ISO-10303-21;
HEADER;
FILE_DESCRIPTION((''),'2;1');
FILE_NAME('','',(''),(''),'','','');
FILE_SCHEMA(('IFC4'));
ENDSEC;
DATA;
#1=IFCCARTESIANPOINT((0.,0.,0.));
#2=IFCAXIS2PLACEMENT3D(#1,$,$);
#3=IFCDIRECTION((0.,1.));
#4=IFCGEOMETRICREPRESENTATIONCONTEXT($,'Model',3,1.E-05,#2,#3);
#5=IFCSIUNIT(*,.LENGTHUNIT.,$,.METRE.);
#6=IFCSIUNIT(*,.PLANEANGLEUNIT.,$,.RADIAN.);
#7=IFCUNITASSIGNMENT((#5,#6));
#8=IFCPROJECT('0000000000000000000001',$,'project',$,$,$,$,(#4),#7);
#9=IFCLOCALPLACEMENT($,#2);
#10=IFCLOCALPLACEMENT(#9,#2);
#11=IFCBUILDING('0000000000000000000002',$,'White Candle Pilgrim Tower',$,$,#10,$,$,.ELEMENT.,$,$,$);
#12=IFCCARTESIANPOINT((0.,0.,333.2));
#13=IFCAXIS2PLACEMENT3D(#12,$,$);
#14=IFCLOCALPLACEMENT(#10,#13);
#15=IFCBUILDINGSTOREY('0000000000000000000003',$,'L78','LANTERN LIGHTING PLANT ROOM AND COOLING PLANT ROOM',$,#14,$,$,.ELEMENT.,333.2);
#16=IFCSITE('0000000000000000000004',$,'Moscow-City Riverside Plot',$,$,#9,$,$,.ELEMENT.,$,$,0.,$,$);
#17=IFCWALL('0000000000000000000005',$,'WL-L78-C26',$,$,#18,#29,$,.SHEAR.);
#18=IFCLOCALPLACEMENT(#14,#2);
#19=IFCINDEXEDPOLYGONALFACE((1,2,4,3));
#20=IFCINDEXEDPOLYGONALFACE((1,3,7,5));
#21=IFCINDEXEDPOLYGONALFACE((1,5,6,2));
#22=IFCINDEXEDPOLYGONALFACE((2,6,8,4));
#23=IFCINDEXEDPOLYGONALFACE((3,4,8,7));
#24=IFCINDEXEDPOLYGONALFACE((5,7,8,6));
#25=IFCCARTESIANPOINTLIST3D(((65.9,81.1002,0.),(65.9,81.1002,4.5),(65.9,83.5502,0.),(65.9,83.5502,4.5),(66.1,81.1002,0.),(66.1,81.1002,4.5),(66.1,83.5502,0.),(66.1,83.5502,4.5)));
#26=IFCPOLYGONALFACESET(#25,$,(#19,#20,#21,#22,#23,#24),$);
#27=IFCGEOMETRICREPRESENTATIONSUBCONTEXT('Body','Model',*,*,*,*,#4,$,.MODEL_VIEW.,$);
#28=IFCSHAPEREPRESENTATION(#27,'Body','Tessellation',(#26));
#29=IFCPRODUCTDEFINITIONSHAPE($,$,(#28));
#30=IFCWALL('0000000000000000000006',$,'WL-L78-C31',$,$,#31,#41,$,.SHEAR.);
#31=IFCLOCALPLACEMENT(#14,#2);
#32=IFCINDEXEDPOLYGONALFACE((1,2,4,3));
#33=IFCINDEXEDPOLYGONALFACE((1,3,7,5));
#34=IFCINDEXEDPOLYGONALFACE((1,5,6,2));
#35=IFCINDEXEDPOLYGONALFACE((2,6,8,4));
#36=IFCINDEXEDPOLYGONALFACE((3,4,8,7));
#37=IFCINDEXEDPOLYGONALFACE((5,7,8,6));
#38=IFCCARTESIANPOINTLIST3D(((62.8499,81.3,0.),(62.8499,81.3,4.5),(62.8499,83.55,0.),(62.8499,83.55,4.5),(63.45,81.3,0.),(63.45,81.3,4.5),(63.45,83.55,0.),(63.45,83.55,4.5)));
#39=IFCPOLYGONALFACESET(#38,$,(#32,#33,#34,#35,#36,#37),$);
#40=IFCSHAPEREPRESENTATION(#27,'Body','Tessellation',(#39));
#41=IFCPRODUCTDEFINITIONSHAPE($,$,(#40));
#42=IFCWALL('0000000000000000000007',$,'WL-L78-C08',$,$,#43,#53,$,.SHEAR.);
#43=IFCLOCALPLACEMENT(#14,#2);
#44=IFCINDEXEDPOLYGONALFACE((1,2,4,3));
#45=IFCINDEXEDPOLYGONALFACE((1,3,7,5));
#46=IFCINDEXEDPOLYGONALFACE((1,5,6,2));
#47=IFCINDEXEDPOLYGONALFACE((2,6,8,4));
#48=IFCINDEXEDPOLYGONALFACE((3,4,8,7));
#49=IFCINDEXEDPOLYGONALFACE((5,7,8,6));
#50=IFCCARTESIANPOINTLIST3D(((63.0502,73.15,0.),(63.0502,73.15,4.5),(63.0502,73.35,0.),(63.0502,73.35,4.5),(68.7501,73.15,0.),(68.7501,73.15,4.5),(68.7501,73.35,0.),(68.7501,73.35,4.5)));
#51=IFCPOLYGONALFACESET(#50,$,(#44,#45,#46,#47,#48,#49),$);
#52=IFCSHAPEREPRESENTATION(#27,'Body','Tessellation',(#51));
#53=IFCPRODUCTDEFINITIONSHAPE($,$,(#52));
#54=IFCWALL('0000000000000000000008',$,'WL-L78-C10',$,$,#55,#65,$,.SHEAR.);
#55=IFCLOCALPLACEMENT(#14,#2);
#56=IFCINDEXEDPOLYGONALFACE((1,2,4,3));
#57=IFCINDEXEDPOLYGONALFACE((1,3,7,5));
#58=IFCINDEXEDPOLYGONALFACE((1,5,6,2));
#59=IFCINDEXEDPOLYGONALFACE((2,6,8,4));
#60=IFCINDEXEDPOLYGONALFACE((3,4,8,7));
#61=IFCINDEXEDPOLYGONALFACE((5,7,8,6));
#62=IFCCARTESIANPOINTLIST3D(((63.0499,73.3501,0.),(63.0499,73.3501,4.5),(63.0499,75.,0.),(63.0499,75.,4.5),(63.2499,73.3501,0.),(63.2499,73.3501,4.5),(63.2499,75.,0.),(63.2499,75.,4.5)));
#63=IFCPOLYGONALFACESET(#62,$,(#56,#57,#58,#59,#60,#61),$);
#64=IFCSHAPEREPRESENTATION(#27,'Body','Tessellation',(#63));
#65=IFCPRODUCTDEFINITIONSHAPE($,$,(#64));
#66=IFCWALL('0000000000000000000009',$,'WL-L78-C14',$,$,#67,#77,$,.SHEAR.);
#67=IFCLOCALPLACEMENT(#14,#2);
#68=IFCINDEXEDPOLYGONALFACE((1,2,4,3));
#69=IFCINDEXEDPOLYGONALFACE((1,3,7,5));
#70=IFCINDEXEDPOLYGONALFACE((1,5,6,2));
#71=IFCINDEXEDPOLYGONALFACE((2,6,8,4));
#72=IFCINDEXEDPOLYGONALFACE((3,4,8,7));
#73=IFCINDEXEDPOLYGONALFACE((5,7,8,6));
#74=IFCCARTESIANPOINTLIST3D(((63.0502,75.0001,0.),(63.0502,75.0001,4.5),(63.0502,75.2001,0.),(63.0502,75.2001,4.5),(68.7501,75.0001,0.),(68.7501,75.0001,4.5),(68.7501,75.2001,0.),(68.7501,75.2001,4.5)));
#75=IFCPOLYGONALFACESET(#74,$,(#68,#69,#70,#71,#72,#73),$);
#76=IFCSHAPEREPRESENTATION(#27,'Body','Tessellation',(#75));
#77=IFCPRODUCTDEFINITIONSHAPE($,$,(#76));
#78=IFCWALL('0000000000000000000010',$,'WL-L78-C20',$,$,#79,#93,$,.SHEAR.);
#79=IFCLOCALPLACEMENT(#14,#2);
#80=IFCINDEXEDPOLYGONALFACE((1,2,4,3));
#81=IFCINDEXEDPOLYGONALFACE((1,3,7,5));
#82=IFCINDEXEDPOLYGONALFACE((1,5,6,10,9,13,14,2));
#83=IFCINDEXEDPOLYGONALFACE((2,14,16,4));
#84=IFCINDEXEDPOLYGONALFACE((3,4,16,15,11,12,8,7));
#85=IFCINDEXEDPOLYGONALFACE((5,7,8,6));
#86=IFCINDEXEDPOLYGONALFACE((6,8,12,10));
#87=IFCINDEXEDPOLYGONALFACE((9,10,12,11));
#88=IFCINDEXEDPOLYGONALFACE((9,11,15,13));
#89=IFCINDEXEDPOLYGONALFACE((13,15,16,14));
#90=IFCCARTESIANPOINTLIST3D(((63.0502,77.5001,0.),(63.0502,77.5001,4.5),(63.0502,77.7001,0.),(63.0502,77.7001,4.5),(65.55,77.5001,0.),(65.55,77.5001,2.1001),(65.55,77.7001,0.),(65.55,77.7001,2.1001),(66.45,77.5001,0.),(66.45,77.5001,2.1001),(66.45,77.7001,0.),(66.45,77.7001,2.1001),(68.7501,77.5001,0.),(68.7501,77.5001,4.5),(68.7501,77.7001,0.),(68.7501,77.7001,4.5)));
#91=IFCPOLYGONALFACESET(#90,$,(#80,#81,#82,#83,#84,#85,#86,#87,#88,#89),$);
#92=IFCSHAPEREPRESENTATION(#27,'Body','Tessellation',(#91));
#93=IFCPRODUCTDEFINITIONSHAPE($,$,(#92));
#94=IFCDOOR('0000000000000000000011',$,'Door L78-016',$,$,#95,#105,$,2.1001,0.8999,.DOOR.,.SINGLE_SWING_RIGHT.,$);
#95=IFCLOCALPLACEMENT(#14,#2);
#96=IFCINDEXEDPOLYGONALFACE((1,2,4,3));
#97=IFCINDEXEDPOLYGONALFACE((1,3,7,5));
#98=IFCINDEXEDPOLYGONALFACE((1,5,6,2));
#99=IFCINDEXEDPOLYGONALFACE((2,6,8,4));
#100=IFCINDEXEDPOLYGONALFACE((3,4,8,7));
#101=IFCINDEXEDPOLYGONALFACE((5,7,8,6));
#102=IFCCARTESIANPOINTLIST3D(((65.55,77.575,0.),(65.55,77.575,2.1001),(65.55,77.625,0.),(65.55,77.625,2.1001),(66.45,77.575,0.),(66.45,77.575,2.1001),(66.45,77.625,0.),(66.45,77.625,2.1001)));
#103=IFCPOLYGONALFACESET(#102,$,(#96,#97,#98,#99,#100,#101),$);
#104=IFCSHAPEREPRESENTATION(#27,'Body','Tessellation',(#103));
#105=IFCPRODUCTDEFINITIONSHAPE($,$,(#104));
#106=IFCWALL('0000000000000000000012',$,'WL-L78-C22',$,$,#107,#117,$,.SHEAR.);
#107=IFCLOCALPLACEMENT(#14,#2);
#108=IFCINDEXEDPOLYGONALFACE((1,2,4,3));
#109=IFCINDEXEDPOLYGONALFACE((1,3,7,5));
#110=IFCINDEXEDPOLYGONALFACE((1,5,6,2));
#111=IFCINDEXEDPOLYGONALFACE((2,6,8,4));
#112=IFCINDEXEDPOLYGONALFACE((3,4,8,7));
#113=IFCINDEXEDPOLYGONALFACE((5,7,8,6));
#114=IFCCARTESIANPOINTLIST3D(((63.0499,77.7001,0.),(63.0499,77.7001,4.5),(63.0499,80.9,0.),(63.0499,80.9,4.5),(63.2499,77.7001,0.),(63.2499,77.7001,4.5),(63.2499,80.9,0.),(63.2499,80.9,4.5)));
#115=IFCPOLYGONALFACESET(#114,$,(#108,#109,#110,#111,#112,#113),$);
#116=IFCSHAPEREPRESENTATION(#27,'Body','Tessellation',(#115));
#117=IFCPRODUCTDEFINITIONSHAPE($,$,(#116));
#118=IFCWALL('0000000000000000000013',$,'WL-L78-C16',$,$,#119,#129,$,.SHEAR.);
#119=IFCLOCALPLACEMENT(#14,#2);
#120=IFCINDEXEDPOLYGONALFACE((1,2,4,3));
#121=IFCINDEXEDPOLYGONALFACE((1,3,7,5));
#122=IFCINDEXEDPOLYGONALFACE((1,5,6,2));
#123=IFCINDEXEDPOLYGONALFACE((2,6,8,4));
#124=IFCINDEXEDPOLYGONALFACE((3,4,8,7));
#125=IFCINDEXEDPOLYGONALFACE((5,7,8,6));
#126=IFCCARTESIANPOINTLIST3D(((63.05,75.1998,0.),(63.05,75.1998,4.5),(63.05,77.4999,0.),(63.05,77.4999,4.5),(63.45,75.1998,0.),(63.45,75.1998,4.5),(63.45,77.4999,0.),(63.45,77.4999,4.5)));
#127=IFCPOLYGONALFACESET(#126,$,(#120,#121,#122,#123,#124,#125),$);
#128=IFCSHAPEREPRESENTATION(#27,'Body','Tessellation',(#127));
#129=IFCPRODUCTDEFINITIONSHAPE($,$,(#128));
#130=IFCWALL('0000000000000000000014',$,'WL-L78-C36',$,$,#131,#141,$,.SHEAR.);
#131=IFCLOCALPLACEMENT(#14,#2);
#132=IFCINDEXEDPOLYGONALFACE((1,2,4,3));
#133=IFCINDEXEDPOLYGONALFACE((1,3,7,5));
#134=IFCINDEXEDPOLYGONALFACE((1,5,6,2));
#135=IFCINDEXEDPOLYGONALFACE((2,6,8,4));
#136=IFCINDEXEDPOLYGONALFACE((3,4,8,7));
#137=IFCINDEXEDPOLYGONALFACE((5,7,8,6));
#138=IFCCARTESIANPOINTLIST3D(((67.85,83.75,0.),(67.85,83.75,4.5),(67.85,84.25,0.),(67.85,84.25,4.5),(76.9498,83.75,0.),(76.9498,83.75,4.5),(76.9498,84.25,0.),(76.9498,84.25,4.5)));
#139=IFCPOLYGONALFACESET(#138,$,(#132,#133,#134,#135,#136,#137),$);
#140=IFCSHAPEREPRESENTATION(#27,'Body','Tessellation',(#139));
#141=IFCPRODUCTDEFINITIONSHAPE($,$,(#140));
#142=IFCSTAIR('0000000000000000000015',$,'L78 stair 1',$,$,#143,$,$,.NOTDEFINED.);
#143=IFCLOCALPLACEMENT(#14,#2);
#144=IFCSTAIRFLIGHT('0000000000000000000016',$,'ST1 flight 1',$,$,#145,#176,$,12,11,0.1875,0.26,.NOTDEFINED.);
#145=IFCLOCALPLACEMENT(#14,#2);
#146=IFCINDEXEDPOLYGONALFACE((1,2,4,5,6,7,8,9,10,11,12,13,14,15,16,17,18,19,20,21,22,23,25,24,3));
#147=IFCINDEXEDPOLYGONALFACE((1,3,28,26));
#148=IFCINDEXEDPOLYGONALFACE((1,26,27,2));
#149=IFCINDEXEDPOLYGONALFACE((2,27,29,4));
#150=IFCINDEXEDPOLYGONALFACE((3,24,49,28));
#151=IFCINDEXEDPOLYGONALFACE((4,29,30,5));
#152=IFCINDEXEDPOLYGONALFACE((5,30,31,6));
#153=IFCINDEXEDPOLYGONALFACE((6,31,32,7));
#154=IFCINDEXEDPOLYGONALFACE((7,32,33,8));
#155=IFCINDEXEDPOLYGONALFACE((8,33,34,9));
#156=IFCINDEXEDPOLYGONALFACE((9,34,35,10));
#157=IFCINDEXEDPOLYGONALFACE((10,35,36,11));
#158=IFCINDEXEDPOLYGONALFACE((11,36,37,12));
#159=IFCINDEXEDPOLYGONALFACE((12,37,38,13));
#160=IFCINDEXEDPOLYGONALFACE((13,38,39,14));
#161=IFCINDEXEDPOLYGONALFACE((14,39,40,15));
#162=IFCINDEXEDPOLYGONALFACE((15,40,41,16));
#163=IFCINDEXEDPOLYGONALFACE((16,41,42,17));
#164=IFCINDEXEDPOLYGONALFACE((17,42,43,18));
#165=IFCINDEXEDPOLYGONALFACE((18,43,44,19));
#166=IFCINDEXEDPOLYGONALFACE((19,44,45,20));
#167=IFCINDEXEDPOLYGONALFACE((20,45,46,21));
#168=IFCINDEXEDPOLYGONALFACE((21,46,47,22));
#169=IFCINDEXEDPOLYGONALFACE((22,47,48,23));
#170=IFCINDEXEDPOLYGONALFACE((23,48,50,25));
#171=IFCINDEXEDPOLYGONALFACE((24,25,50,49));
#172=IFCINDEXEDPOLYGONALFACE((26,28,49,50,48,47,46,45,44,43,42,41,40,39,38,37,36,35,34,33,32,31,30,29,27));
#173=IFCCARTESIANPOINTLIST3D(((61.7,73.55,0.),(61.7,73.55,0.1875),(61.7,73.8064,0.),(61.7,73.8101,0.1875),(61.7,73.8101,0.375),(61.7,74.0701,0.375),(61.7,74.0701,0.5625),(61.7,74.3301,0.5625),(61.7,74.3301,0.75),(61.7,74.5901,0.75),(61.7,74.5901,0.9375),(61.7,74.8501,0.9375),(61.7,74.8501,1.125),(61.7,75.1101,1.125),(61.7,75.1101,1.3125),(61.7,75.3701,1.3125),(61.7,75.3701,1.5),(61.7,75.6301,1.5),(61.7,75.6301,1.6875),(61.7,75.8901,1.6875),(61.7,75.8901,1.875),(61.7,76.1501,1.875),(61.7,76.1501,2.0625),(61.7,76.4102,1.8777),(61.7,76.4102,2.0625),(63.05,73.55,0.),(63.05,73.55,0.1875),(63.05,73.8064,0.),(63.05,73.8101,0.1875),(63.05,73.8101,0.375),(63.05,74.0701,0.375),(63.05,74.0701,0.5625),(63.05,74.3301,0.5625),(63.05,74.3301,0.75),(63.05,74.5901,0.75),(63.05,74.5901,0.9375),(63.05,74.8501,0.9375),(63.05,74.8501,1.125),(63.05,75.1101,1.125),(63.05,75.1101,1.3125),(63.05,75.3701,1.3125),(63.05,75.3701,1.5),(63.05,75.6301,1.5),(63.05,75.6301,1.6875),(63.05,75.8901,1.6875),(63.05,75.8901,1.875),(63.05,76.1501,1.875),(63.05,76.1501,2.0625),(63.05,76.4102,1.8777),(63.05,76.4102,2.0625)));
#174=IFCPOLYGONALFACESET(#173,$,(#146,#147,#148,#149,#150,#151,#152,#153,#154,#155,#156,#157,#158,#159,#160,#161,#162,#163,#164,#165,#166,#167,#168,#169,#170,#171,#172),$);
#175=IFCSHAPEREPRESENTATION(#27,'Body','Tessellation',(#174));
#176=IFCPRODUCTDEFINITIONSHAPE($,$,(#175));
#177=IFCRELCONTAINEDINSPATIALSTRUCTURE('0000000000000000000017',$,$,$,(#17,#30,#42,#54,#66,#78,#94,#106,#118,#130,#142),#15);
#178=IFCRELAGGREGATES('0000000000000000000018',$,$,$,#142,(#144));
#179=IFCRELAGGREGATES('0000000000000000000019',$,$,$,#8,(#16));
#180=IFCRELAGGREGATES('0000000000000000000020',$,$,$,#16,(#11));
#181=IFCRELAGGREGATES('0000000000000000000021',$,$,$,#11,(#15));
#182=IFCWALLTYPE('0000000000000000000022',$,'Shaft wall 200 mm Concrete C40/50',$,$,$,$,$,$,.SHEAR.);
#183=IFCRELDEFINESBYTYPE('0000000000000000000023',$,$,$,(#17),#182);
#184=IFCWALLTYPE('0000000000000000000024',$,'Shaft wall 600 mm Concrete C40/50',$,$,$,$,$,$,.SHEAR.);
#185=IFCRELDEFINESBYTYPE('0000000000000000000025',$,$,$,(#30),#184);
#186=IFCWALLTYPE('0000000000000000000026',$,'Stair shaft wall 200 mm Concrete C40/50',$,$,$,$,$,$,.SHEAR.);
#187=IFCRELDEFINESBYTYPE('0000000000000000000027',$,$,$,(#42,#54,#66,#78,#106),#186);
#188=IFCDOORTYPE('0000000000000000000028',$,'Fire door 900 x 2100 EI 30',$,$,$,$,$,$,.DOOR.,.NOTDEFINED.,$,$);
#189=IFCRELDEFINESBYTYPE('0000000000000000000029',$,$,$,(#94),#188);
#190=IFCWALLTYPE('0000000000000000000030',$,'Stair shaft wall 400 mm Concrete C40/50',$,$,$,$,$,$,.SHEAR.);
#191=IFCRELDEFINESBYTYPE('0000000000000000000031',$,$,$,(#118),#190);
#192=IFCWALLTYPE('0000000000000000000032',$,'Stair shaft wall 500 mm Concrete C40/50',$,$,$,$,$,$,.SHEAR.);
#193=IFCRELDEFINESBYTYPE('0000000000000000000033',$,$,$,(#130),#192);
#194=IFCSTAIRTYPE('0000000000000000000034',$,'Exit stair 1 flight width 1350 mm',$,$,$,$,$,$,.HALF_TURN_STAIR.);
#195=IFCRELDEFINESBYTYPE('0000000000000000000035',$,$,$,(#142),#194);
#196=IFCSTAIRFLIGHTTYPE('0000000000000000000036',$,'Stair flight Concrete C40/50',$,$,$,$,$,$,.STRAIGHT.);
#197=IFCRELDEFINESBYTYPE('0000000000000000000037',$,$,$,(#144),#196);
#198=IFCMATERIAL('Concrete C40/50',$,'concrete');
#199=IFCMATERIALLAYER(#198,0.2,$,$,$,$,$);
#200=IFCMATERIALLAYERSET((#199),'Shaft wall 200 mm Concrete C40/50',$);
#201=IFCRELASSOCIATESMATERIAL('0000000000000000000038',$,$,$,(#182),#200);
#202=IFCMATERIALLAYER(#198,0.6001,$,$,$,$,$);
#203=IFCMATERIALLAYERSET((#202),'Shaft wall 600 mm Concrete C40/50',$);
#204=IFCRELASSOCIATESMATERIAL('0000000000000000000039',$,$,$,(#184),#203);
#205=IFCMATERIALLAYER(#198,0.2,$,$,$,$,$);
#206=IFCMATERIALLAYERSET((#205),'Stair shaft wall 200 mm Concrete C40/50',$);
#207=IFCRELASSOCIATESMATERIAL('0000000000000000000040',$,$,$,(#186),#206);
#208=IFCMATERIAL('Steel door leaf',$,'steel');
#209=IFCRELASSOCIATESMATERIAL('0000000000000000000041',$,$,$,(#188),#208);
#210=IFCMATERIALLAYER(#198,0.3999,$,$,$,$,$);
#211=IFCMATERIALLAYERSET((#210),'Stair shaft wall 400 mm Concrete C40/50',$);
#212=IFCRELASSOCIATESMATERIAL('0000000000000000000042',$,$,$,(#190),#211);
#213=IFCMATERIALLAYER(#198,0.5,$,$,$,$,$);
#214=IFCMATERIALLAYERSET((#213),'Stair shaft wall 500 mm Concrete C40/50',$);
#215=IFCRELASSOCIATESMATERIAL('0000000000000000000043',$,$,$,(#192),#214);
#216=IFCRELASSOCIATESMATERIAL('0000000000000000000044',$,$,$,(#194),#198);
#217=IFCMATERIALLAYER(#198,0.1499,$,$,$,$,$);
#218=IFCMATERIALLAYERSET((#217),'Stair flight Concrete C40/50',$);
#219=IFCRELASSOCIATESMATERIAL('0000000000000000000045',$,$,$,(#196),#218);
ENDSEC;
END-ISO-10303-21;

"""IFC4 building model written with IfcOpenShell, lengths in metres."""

from ifc_helpers import new_model, si_unit, direction, frame, frame_2d, origin, place, context, subcontext, project, spatial, polyline, rectangle, outline, extrude, material, layer, layer_set, type_object, element, fill, aggregate, save


model = new_model("IFC4")

# Units and contexts
model_context = context("Model", 3, precision=1e-05, world=origin(), true_north=direction((0.0, 1.0)))
body_context = subcontext(model_context, "Body", "Model", "MODEL_VIEW")
ifc_project = project(units=[si_unit("LENGTHUNIT", "METRE"), si_unit("PLANEANGLEUNIT", "RADIAN")], contexts=[model_context])

# Site, building, storey
site_placement = place(None, origin())
site = spatial("IfcSite", under=ifc_project, at=site_placement, Name="Moscow-City Riverside Plot", CompositionType="ELEMENT", RefElevation=0.0)
building_placement = place(site_placement, origin())
building = spatial("IfcBuilding", under=site, at=building_placement, Name="White Candle Pilgrim Tower", CompositionType="ELEMENT")
storey_placement = place(building_placement, frame((0.0, 0.0, 333.2)))
storey = spatial("IfcBuildingStorey", under=building, at=storey_placement, Name="L78", Description="LANTERN LIGHTING PLANT ROOM AND COOLING PLANT ROOM", CompositionType="ELEMENT", Elevation=333.2)

# Walls
ifc_material_1 = material(Name="Concrete C40/50", Category="concrete")
ifc_layer_1 = layer(ifc_material_1, 0.2)
ifc_layer_set_1 = layer_set([ifc_layer_1], Name="Shaft wall 200 mm Concrete C40/50")
wall_type_1 = type_object("IfcWallType", Name="Shaft wall 200 mm Concrete C40/50", PredefinedType="SHEAR", material=ifc_layer_set_1)
wall_1_placement = place(storey_placement, frame((66.0, 81.1001, 0.0), z_axis=(0.0, 0.0, 1.0), x_axis=(0.0, 1.0, 0.0)))
element("IfcWall", 1, at=wall_1_placement, inside=storey, type_object=wall_type_1, Name="WL-L78-C26", PredefinedType="SHEAR", context=body_context, shape_type="SweptSolid", body=[
    extrude(rectangle(XDim=2.45, YDim=0.2, at=frame_2d((1.2251, 0.0))), origin(), (0.0, 0.0, 1.0), 4.5),
])
ifc_layer_2 = layer(ifc_material_1, 0.6001)
ifc_layer_set_2 = layer_set([ifc_layer_2], Name="Shaft wall 600 mm Concrete C40/50")
wall_type_2 = type_object("IfcWallType", Name="Shaft wall 600 mm Concrete C40/50", PredefinedType="SHEAR", material=ifc_layer_set_2)
wall_2_placement = place(storey_placement, frame((63.1499, 81.3, 0.0), z_axis=(0.0, 0.0, 1.0), x_axis=(0.0, 1.0, 0.0)))
element("IfcWall", 2, at=wall_2_placement, inside=storey, type_object=wall_type_2, Name="WL-L78-C31", PredefinedType="SHEAR", context=body_context, shape_type="SweptSolid", body=[
    extrude(rectangle(XDim=2.25, YDim=0.6001, at=frame_2d((1.125, 0.0))), origin(), (0.0, 0.0, 1.0), 4.5),
])
ifc_layer_3 = layer(ifc_material_1, 0.2)
ifc_layer_set_3 = layer_set([ifc_layer_3], Name="Stair shaft wall 200 mm Concrete C40/50")
wall_type_3 = type_object("IfcWallType", Name="Stair shaft wall 200 mm Concrete C40/50", PredefinedType="SHEAR", material=ifc_layer_set_3)
wall_3_placement = place(storey_placement, frame((63.05, 73.25, 0.0), z_axis=(0.0, 0.0, 1.0), x_axis=(1.0, 0.0, 0.0)))
element("IfcWall", 3, at=wall_3_placement, inside=storey, type_object=wall_type_3, Name="WL-L78-C08", PredefinedType="SHEAR", context=body_context, shape_type="SweptSolid", body=[
    extrude(rectangle(XDim=5.7, YDim=0.2, at=frame_2d((2.8501, 0.0))), origin(), (0.0, 0.0, 1.0), 4.5),
])
wall_4_placement = place(storey_placement, frame((63.1499, 73.3501, 0.0), z_axis=(0.0, 0.0, 1.0), x_axis=(0.0, 1.0, 0.0)))
element("IfcWall", 4, at=wall_4_placement, inside=storey, type_object=wall_type_3, Name="WL-L78-C10", PredefinedType="SHEAR", context=body_context, shape_type="SweptSolid", body=[
    extrude(rectangle(XDim=1.6499, YDim=0.2, at=frame_2d((0.825, 0.0))), origin(), (0.0, 0.0, 1.0), 4.5),
])
wall_5_placement = place(storey_placement, frame((63.05, 75.1001, 0.0), z_axis=(0.0, 0.0, 1.0), x_axis=(1.0, 0.0, 0.0)))
element("IfcWall", 5, at=wall_5_placement, inside=storey, type_object=wall_type_3, Name="WL-L78-C14", PredefinedType="SHEAR", context=body_context, shape_type="SweptSolid", body=[
    extrude(rectangle(XDim=5.7, YDim=0.2, at=frame_2d((2.8501, 0.0))), origin(), (0.0, 0.0, 1.0), 4.5),
])

# Wall, opening, door
wall_6_placement = place(storey_placement, frame((63.05, 77.6001, 0.0), z_axis=(0.0, 0.0, 1.0), x_axis=(1.0, 0.0, 0.0)))
wall_6 = element("IfcWall", 6, at=wall_6_placement, inside=storey, type_object=wall_type_3, Name="WL-L78-C20", PredefinedType="SHEAR", context=body_context, shape_type="SweptSolid", body=[
    extrude(rectangle(XDim=5.7, YDim=0.2, at=frame_2d((2.8501, 0.0))), origin(), (0.0, 0.0, 1.0), 4.5),
])
opening_placement = place(wall_6_placement, frame((2.5, 0.0, 0.0)))
opening = element("IfcOpeningElement", 7, at=opening_placement, cuts=wall_6, PredefinedType="OPENING", context=body_context, shape_type="SweptSolid", body=[
    extrude(rectangle(XDim=0.8999, YDim=2.1001, at=frame_2d((0.45, 1.05))), frame((0.0, 0.1099, 0.0), z_axis=(0.0, -1.0, 0.0), x_axis=(1.0, 0.0, 0.0)), (0.0, 0.0, 1.0), 0.22),
])
ifc_material_2 = material(Name="Steel door leaf", Category="steel")
door_type = type_object("IfcDoorType", Name="Fire door 900 x 2100 EI 30", OperationType="NOTDEFINED", PredefinedType="DOOR", material=ifc_material_2)
door_placement = place(opening_placement, origin())
door = element("IfcDoor", 8, at=door_placement, inside=storey, type_object=door_type, Name="Door L78-016", OperationType="SINGLE_SWING_RIGHT", OverallHeight=2.1001, OverallWidth=0.8999, PredefinedType="DOOR", context=body_context, shape_type="SweptSolid", body=[
    extrude(rectangle(XDim=0.8999, YDim=2.1001, at=frame_2d((0.45, 1.05))), frame((0.0, 0.0249, 0.0), z_axis=(0.0, -1.0, 0.0), x_axis=(1.0, 0.0, 0.0)), (0.0, 0.0, 1.0), 0.05),
])
fill(opening, door)

# Walls
wall_7_placement = place(storey_placement, frame((63.1499, 77.7, 0.0), z_axis=(0.0, 0.0, 1.0), x_axis=(0.0, 1.0, 0.0)))
element("IfcWall", 9, at=wall_7_placement, inside=storey, type_object=wall_type_3, Name="WL-L78-C22", PredefinedType="SHEAR", context=body_context, shape_type="SweptSolid", body=[
    extrude(rectangle(XDim=3.2, YDim=0.2, at=frame_2d((1.6001, 0.0))), origin(), (0.0, 0.0, 1.0), 4.5),
])
ifc_layer_4 = layer(ifc_material_1, 0.3999)
ifc_layer_set_4 = layer_set([ifc_layer_4], Name="Stair shaft wall 400 mm Concrete C40/50")
wall_type_4 = type_object("IfcWallType", Name="Stair shaft wall 400 mm Concrete C40/50", PredefinedType="SHEAR", material=ifc_layer_set_4)
wall_8_placement = place(storey_placement, frame((63.25, 75.2, 0.0), z_axis=(0.0, 0.0, 1.0), x_axis=(0.0, 1.0, 0.0)))
element("IfcWall", 10, at=wall_8_placement, inside=storey, type_object=wall_type_4, Name="WL-L78-C16", PredefinedType="SHEAR", context=body_context, shape_type="SweptSolid", body=[
    extrude(rectangle(XDim=2.3, YDim=0.3999, at=frame_2d((1.1499, 0.0))), origin(), (0.0, 0.0, 1.0), 4.5),
])
ifc_layer_5 = layer(ifc_material_1, 0.5)
ifc_layer_set_5 = layer_set([ifc_layer_5], Name="Stair shaft wall 500 mm Concrete C40/50")
wall_type_5 = type_object("IfcWallType", Name="Stair shaft wall 500 mm Concrete C40/50", PredefinedType="SHEAR", material=ifc_layer_set_5)
wall_9_placement = place(storey_placement, frame((67.8501, 84.0, 0.0), z_axis=(0.0, 0.0, 1.0), x_axis=(1.0, 0.0, 0.0)))
element("IfcWall", 11, at=wall_9_placement, inside=storey, type_object=wall_type_5, Name="WL-L78-C36", PredefinedType="SHEAR", context=body_context, shape_type="SweptSolid", body=[
    extrude(rectangle(XDim=9.0999, YDim=0.5, at=frame_2d((4.5498, 0.0))), origin(), (0.0, 0.0, 1.0), 4.5),
])

# Stair, stair flight
stair_type = type_object("IfcStairType", Name="Exit stair 1 flight width 1350 mm", PredefinedType="HALF_TURN_STAIR", material=ifc_material_1)
stair_placement = place(storey_placement, origin())
stair = element("IfcStair", 12, at=stair_placement, inside=storey, type_object=stair_type, Name="L78 stair 1", PredefinedType="NOTDEFINED")
ifc_layer_6 = layer(ifc_material_1, 0.1499)
ifc_layer_set_6 = layer_set([ifc_layer_6], Name="Stair flight Concrete C40/50")
stair_flight_type = type_object("IfcStairFlightType", Name="Stair flight Concrete C40/50", PredefinedType="STRAIGHT", material=ifc_layer_set_6)
stair_flight_1_placement = place(storey_placement, frame((62.375, 73.55, 0.0), z_axis=(0.0, 0.0, 1.0), x_axis=(0.0, 1.0, 0.0)))
stair_flight_1 = element("IfcStairFlight", 13, at=stair_flight_1_placement, type_object=stair_flight_type, Name="ST1 flight 1", NumberOfRisers=12, NumberOfTreads=11, PredefinedType="NOTDEFINED", RiserHeight=0.1875, TreadLength=0.26, context=body_context, shape_type="SweptSolid", body=[
    extrude(outline(polyline([(0.0, 0.0), (0.0, 0.1875), (0.26, 0.1875), (0.26, 0.375), (0.52, 0.375), (0.52, 0.5625), (0.78, 0.5625), (0.78, 0.75), (1.04, 0.75), (1.04, 0.9375), (1.3, 0.9375), (1.3, 1.125), (1.5601, 1.125), (1.5601, 1.3125), (1.8201, 1.3125), (1.8201, 1.5), (2.0801, 1.5), (2.0801, 1.6875), (2.3401, 1.6875), (2.3401, 1.875), (2.6001, 1.875), (2.6001, 2.0625), (2.8601, 2.0625), (2.8601, 2.25), (2.8601, 1.8777), (0.2563, 0.0), (0.0, 0.0)])), frame((0.0, 0.675, 0.0), z_axis=(0.0, -1.0, 0.0), x_axis=(1.0, 0.0, 0.0)), (0.0, 0.0, 1.0), 1.3501),
])
aggregate(stair, [stair_flight_1])

save(model, "model.ifc")
